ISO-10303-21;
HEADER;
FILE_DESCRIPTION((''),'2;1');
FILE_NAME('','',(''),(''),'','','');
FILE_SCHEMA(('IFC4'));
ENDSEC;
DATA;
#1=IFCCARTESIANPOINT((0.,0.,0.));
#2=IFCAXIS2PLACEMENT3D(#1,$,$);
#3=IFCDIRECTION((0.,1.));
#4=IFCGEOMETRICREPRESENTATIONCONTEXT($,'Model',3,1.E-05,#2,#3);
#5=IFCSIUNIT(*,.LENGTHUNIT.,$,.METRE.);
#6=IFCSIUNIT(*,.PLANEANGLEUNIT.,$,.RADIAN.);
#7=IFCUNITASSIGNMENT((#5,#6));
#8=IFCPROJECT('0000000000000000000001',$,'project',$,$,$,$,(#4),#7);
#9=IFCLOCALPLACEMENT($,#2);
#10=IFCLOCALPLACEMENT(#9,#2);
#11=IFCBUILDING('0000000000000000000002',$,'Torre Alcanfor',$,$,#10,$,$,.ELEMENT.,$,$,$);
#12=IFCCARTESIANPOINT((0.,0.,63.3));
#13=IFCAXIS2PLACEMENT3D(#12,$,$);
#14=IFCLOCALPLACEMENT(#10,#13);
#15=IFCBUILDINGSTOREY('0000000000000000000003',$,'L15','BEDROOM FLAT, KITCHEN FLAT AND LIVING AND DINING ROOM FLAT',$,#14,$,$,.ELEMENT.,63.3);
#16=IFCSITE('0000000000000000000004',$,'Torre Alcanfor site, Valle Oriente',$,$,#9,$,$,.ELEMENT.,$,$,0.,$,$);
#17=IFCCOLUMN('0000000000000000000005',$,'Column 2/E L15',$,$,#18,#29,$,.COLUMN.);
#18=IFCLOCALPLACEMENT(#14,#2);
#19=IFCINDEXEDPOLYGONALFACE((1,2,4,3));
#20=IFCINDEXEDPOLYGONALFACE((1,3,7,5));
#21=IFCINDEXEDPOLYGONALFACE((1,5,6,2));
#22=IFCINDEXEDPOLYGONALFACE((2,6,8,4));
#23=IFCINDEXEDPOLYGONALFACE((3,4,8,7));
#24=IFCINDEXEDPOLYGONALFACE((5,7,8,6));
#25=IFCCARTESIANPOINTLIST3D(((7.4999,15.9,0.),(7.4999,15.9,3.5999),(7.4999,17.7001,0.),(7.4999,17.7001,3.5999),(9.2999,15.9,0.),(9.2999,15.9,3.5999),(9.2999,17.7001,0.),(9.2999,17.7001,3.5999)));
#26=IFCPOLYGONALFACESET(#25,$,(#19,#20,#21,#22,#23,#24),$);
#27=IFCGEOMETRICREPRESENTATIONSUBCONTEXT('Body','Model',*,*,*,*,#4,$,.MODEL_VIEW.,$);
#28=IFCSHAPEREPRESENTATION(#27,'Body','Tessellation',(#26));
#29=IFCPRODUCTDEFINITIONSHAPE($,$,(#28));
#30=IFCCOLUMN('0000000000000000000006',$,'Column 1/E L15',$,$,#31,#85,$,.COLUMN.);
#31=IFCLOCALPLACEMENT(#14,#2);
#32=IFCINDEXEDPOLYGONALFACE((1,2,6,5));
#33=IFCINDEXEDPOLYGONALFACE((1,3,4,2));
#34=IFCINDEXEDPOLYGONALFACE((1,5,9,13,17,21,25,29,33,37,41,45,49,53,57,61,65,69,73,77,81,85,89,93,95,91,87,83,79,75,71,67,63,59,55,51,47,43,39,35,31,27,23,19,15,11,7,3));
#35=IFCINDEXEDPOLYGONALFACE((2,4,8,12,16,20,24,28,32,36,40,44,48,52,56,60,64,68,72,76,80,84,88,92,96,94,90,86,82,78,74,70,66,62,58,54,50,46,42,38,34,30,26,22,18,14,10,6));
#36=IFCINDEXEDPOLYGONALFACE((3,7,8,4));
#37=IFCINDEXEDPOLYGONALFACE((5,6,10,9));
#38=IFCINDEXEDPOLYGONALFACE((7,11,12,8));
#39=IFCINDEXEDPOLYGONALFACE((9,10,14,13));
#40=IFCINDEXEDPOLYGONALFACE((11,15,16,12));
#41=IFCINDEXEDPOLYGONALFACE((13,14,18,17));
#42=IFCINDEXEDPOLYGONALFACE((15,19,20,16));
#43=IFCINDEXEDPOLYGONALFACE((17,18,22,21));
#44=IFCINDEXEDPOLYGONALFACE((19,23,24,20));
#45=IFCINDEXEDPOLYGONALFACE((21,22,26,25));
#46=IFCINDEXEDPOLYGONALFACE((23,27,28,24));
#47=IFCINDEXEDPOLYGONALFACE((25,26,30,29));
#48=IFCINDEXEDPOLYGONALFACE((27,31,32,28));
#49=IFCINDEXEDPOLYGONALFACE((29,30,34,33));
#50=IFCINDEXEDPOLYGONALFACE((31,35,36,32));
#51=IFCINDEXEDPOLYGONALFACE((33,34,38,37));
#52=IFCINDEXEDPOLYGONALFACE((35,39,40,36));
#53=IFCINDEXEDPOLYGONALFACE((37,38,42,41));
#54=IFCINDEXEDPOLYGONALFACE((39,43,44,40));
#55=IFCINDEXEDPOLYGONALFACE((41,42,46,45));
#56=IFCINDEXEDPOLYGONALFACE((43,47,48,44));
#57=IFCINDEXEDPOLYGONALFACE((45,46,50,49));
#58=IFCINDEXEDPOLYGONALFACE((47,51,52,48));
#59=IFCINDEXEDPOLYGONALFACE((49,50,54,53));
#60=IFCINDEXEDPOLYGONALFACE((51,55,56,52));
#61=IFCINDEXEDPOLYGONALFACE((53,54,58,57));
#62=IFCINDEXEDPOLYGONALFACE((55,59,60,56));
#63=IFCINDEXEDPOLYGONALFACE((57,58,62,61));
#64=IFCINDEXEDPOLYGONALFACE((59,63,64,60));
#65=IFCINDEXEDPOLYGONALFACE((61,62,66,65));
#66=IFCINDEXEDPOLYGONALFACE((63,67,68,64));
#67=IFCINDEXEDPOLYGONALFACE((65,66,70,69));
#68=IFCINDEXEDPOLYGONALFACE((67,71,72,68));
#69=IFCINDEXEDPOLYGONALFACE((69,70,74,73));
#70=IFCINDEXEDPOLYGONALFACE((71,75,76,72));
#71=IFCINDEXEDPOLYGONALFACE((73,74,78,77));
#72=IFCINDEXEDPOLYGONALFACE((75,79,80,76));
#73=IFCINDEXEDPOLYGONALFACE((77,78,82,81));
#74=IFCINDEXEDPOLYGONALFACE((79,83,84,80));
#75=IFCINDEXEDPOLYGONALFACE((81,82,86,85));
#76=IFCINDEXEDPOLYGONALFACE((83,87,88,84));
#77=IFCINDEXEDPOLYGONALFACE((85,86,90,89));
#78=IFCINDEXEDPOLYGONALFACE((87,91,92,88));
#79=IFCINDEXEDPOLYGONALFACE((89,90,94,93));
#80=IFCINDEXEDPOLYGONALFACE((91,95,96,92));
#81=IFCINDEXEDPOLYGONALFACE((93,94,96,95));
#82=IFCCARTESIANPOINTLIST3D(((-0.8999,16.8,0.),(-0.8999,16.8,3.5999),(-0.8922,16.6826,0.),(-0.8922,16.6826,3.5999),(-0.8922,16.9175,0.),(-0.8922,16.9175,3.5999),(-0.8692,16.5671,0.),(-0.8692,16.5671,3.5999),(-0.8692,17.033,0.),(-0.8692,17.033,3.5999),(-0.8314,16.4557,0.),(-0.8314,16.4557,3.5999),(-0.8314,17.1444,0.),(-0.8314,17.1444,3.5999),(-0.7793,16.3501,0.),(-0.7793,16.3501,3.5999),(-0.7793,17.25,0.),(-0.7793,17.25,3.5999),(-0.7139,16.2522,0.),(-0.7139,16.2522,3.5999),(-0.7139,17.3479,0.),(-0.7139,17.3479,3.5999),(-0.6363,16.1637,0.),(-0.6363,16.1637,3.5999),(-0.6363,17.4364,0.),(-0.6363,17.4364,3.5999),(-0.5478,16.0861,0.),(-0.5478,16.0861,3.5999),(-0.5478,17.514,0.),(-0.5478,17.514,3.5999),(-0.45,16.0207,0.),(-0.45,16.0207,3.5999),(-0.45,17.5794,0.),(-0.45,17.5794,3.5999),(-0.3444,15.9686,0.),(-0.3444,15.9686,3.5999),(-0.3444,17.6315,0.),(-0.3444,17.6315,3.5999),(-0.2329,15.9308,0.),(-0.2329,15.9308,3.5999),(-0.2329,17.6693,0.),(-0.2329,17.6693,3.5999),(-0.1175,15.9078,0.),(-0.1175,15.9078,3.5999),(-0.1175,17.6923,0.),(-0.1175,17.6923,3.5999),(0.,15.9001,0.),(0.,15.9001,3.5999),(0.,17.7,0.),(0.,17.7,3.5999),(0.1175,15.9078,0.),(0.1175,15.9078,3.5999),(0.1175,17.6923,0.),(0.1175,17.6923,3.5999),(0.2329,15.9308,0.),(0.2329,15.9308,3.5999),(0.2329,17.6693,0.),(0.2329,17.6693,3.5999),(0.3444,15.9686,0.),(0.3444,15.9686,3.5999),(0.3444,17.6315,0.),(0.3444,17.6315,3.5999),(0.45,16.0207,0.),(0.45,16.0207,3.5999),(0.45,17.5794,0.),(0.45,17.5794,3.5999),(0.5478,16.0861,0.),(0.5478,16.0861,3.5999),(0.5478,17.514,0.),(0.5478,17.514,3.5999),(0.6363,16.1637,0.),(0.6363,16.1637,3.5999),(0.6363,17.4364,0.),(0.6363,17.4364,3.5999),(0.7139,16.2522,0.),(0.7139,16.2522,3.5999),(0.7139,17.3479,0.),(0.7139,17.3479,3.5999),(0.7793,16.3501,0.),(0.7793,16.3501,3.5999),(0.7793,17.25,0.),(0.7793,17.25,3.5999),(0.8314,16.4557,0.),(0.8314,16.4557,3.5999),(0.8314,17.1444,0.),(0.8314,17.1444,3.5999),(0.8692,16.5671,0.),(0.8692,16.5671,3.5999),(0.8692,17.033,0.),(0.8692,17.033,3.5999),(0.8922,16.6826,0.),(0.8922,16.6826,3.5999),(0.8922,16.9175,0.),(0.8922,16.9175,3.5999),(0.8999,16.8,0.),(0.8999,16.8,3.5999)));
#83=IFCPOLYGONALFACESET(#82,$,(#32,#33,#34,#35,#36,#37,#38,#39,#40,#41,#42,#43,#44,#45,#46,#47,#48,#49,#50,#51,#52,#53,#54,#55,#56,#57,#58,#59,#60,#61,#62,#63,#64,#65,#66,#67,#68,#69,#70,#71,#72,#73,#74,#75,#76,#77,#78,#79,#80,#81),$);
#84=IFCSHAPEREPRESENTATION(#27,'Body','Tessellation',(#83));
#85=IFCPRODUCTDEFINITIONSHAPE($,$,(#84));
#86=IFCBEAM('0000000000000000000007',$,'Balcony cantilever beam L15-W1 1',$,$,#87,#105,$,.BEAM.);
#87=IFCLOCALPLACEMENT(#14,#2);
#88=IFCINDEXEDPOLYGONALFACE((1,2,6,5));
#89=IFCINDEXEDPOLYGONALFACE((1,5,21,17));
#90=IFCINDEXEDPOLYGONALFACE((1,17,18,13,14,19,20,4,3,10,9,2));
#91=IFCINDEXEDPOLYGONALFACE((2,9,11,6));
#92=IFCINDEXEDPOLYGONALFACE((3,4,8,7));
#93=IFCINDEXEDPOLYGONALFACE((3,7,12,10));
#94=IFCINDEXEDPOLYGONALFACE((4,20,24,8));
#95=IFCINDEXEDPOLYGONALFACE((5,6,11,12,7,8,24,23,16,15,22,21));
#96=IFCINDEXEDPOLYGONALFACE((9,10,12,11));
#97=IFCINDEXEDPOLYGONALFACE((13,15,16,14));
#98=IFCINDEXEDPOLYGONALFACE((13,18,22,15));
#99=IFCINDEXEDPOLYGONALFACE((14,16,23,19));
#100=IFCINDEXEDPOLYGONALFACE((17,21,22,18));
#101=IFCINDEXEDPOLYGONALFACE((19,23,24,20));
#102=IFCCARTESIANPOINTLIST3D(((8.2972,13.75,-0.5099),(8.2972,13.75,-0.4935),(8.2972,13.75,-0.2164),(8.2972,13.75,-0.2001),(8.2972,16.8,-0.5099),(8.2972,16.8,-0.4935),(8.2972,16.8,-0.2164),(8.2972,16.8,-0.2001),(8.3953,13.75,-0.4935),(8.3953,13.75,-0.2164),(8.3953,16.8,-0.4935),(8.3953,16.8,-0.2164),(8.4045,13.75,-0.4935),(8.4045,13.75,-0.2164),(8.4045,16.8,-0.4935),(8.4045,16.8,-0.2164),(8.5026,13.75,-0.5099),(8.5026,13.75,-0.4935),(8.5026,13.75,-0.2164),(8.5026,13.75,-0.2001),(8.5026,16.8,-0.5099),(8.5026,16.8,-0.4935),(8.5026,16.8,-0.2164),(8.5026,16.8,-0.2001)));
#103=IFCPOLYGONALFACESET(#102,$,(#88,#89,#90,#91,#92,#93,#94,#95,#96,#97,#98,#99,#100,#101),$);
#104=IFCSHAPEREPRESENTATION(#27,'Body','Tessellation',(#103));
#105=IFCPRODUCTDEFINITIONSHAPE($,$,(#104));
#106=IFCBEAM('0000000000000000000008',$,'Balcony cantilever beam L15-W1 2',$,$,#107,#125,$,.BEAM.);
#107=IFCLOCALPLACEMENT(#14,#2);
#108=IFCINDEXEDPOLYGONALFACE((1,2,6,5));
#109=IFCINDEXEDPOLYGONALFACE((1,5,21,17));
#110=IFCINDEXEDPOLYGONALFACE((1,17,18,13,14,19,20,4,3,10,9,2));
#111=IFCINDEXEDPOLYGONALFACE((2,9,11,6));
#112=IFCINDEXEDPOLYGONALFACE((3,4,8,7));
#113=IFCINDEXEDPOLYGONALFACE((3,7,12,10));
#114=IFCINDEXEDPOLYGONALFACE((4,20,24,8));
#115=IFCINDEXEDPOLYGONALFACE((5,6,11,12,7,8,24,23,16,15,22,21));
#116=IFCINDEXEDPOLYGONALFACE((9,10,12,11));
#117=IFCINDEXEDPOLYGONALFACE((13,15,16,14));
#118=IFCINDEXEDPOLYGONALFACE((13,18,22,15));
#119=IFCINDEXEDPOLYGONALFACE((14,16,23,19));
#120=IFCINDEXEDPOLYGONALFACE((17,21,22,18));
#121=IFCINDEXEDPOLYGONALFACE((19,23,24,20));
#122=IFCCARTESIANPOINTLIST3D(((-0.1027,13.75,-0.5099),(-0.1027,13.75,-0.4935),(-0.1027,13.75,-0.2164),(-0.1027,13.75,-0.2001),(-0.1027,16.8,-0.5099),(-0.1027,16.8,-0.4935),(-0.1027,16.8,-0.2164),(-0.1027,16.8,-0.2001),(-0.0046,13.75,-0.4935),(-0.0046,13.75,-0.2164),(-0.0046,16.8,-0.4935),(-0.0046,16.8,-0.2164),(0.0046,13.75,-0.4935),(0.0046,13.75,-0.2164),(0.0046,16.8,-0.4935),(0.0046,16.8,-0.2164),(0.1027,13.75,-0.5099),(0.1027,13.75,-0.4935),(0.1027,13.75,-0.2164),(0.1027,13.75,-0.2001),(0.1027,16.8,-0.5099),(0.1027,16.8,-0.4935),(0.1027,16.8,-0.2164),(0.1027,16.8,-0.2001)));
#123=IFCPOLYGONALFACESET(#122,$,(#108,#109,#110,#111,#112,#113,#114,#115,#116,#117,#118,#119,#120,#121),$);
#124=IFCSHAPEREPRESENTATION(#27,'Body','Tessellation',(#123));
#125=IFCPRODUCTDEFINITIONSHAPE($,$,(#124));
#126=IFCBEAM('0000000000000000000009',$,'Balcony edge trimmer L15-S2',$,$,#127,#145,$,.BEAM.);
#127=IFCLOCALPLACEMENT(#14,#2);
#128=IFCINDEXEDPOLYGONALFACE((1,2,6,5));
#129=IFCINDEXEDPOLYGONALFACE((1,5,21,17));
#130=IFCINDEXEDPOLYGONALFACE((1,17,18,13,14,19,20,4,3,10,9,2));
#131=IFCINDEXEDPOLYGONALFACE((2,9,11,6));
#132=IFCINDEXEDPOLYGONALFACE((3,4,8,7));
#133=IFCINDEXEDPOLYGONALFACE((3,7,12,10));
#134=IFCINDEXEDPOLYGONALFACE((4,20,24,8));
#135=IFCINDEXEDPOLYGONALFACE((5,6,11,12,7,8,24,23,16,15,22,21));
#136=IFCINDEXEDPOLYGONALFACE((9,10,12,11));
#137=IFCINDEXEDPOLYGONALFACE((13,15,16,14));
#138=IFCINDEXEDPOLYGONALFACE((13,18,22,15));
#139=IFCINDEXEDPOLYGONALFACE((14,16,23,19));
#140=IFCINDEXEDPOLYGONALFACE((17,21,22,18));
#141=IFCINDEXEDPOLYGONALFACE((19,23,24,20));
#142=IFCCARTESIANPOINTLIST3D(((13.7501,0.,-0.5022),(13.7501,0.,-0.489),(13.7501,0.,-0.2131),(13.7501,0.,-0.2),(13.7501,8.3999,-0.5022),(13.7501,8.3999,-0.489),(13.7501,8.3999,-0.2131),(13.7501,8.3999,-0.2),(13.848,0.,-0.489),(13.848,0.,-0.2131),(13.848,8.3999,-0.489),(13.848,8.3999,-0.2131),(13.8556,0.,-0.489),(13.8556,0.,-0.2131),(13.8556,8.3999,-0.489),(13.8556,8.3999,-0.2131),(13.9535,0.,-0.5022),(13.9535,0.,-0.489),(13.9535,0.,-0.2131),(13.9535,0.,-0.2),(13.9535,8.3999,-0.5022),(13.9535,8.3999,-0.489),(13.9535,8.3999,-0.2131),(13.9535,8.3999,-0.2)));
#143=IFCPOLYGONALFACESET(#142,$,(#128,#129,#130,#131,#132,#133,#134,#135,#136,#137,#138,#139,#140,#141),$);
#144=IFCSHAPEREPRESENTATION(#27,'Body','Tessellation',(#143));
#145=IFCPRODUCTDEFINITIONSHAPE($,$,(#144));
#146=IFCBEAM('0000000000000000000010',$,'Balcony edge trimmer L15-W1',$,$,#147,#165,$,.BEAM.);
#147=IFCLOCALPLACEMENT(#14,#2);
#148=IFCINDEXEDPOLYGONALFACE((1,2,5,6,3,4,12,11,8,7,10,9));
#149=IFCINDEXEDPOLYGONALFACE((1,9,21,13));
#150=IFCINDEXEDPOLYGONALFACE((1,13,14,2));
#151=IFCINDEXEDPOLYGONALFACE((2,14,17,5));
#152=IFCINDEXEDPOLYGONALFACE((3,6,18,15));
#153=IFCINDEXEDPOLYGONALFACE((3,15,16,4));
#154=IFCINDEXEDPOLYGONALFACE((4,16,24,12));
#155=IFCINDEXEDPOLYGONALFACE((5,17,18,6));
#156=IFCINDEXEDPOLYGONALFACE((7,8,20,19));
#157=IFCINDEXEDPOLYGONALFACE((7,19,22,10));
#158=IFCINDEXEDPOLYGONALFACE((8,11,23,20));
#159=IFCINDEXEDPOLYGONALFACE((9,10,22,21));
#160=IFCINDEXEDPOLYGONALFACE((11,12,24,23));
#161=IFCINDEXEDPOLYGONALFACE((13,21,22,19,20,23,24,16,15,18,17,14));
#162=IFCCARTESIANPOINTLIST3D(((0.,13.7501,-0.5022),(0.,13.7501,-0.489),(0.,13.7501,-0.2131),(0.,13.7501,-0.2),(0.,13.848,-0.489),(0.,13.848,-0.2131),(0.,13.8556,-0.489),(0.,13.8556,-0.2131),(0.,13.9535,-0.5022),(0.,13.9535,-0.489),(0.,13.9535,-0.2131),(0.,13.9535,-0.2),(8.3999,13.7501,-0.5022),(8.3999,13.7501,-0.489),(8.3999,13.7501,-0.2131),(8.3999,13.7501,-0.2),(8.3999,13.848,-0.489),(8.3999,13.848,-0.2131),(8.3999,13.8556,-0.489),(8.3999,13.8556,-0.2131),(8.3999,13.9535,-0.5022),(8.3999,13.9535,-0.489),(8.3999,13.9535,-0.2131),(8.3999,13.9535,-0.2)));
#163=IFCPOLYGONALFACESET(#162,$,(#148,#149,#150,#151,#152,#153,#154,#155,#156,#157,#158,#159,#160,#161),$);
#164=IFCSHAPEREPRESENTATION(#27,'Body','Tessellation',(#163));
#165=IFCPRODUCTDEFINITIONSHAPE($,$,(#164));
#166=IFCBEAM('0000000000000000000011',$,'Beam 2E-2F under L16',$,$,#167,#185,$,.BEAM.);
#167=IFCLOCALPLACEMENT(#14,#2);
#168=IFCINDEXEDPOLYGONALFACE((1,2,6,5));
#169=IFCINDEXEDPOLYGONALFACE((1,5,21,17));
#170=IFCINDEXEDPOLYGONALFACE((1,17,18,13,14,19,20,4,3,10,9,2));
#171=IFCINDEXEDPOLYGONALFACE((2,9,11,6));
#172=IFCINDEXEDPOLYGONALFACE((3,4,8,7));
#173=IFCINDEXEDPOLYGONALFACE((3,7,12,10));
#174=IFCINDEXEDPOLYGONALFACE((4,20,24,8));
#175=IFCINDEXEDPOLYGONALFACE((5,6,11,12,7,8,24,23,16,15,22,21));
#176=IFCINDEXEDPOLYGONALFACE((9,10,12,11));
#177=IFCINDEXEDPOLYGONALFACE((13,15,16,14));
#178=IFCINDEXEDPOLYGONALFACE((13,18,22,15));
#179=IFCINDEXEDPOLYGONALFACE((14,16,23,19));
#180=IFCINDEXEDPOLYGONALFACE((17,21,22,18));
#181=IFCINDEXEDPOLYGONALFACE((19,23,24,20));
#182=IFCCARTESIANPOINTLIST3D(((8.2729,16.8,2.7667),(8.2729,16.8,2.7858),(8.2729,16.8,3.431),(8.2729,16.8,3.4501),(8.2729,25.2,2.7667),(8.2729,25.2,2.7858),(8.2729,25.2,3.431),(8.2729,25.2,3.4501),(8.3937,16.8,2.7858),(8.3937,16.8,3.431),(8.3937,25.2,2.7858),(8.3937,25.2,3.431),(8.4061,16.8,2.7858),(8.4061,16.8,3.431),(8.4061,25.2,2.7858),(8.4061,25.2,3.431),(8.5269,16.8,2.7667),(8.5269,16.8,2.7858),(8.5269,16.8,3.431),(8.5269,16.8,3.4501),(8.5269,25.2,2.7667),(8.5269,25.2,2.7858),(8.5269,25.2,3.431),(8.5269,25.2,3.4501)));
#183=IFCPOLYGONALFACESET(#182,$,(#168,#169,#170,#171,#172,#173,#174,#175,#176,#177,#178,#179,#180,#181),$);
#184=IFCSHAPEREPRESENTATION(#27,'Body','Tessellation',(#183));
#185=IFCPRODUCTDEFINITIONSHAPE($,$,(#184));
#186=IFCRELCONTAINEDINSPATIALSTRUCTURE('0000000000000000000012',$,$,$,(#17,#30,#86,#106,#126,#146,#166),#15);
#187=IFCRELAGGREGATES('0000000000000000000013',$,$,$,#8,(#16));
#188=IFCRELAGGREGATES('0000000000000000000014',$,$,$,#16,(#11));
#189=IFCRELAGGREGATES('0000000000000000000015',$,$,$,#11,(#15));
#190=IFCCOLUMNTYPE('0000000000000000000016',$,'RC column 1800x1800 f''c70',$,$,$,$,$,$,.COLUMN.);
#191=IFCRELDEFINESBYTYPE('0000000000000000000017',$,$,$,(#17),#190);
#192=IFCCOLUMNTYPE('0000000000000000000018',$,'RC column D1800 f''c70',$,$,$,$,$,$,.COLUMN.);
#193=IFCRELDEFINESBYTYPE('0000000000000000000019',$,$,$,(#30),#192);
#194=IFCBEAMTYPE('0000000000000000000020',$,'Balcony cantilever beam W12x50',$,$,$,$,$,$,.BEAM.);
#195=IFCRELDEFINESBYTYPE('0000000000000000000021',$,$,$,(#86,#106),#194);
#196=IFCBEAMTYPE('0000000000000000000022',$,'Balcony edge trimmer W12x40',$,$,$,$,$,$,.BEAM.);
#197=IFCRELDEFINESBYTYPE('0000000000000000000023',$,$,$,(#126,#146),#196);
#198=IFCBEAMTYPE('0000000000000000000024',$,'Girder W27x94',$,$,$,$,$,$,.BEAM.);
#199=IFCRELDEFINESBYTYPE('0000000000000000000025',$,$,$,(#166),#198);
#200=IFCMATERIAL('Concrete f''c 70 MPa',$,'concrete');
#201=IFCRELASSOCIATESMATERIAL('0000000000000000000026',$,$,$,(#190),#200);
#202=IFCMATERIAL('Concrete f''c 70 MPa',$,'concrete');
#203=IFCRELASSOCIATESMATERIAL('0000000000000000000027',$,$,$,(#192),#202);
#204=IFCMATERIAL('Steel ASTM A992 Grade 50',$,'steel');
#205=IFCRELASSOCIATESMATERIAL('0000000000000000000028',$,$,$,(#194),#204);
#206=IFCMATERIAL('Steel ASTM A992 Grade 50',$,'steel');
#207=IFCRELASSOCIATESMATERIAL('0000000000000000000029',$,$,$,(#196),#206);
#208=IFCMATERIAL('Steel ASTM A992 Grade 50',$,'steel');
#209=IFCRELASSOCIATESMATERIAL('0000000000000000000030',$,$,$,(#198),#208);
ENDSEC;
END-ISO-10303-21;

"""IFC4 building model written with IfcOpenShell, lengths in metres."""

from ifc_helpers import new_model, si_unit, direction, frame, origin, origin_2d, place, context, subcontext, project, spatial, rectangle, circle, i_section, extrude, material, material_profile, profile_set, type_object, element, save


model = new_model("IFC4")

# Units and contexts
model_context = context("Model", 3, precision=1e-05, world=origin(), true_north=direction((0.0, 1.0)))
body_context = subcontext(model_context, "Body", "Model", "MODEL_VIEW")
ifc_project = project(units=[si_unit("LENGTHUNIT", "METRE"), si_unit("PLANEANGLEUNIT", "RADIAN")], contexts=[model_context])

# Site, building, storey
site_placement = place(None, origin())
site = spatial("IfcSite", under=ifc_project, at=site_placement, Name="Torre Alcanfor site, Valle Oriente", CompositionType="ELEMENT", RefElevation=0.0)
building_placement = place(site_placement, origin())
building = spatial("IfcBuilding", under=site, at=building_placement, Name="Torre Alcanfor", CompositionType="ELEMENT")
storey_placement = place(building_placement, frame((0.0, 0.0, 63.3)))
storey = spatial("IfcBuildingStorey", under=building, at=storey_placement, Name="L15", Description="BEDROOM FLAT, KITCHEN FLAT AND LIVING AND DINING ROOM FLAT", CompositionType="ELEMENT", Elevation=63.3)

# Columns
ifc_material_1 = material(Name="Concrete f'c 70 MPa", Category="concrete")
ifc_material_profile_1 = material_profile(ifc_material_1, rectangle(XDim=1.8, YDim=1.8, at=origin_2d()), Name="1800x1800")
ifc_profile_set_1 = profile_set([ifc_material_profile_1], Name="Concrete f'c 70 MPa")
column_type_1 = type_object("IfcColumnType", Name="RC column 1800x1800 f'c70", PredefinedType="COLUMN", material=ifc_profile_set_1)
column_1_placement = place(storey_placement, frame((8.3999, 16.8, 0.0), z_axis=(0.0, 0.0, 1.0), x_axis=(1.0, 0.0, 0.0)))
element("IfcColumn", 1, at=column_1_placement, inside=storey, type_object=column_type_1, Name="Column 2/E L15", PredefinedType="COLUMN", context=body_context, shape_type="SweptSolid", body=[
    extrude(rectangle(XDim=1.8, YDim=1.8, at=origin_2d()), origin(), (0.0, 0.0, 1.0), 3.5999),
])
ifc_material_2 = material(Name="Concrete f'c 70 MPa", Category="concrete")
ifc_material_profile_2 = material_profile(ifc_material_2, circle(Radius=0.8999, at=origin_2d()), Name="D1800")
ifc_profile_set_2 = profile_set([ifc_material_profile_2], Name="Concrete f'c 70 MPa")
column_type_2 = type_object("IfcColumnType", Name="RC column D1800 f'c70", PredefinedType="COLUMN", material=ifc_profile_set_2)
column_2_placement = place(storey_placement, frame((0.0, 16.8, 0.0), z_axis=(0.0, 0.0, 1.0), x_axis=(1.0, 0.0, 0.0)))
element("IfcColumn", 2, at=column_2_placement, inside=storey, type_object=column_type_2, Name="Column 1/E L15", PredefinedType="COLUMN", context=body_context, shape_type="SweptSolid", body=[
    extrude(circle(Radius=0.8999, at=origin_2d()), origin(), (0.0, 0.0, 1.0), 3.5999),
])

# Beams
ifc_material_3 = material(Name="Steel ASTM A992 Grade 50", Category="steel")
ifc_material_profile_3 = material_profile(ifc_material_3, i_section(OverallWidth=0.2053, OverallDepth=0.3098, WebThickness=0.0093, FlangeThickness=0.0164, at=origin_2d()), Name="W12x50")
ifc_profile_set_3 = profile_set([ifc_material_profile_3], Name="Steel ASTM A992 Grade 50")
beam_type_1 = type_object("IfcBeamType", Name="Balcony cantilever beam W12x50", PredefinedType="BEAM", material=ifc_profile_set_3)
for number, where, z_axis, x_axis, name in (
    (3, (8.3999, 16.8, -0.355), (0.0, -1.0, 0.0), (1.0, 0.0, 0.0), "Balcony cantilever beam L15-W1 1"),
    (4, (0.0, 16.8, -0.355), (0.0, -1.0, 0.0), (1.0, 0.0, 0.0), "Balcony cantilever beam L15-W1 2"),
):
    element("IfcBeam", number, at=place(storey_placement, frame(where, z_axis=z_axis, x_axis=x_axis)), inside=storey, type_object=beam_type_1, Name=name, PredefinedType="BEAM", context=body_context, shape_type="SweptSolid", body=[
        extrude(i_section(OverallWidth=0.2053, OverallDepth=0.3098, WebThickness=0.0093, FlangeThickness=0.0164, at=origin_2d()), origin(), (0.0, 0.0, 1.0), 3.05),
    ])
ifc_material_4 = material(Name="Steel ASTM A992 Grade 50", Category="steel")
ifc_material_profile_4 = material_profile(ifc_material_4, i_section(OverallWidth=0.2034, OverallDepth=0.3022, WebThickness=0.0076, FlangeThickness=0.0132, at=origin_2d()), Name="W12x40")
ifc_profile_set_4 = profile_set([ifc_material_profile_4], Name="Steel ASTM A992 Grade 50")
beam_type_2 = type_object("IfcBeamType", Name="Balcony edge trimmer W12x40", PredefinedType="BEAM", material=ifc_profile_set_4)
for number, where, z_axis, x_axis, name in (
    (5, (13.8518, 8.3999, -0.3511), (0.0, -1.0, 0.0), (1.0, 0.0, 0.0), "Balcony edge trimmer L15-S2"),
    (6, (8.3999, 13.8518, -0.3511), (-1.0, 0.0, 0.0), (0.0, -1.0, 0.0), "Balcony edge trimmer L15-W1"),
):
    element("IfcBeam", number, at=place(storey_placement, frame(where, z_axis=z_axis, x_axis=x_axis)), inside=storey, type_object=beam_type_2, Name=name, PredefinedType="BEAM", context=body_context, shape_type="SweptSolid", body=[
        extrude(i_section(OverallWidth=0.2034, OverallDepth=0.3022, WebThickness=0.0076, FlangeThickness=0.0132, at=origin_2d()), origin(), (0.0, 0.0, 1.0), 8.3999),
    ])
ifc_material_5 = material(Name="Steel ASTM A992 Grade 50", Category="steel")
ifc_material_profile_5 = material_profile(ifc_material_5, i_section(OverallWidth=0.2539, OverallDepth=0.6833, WebThickness=0.0125, FlangeThickness=0.019, at=origin_2d()), Name="W27x94")
ifc_profile_set_5 = profile_set([ifc_material_profile_5], Name="Steel ASTM A992 Grade 50")
beam_type_3 = type_object("IfcBeamType", Name="Girder W27x94", PredefinedType="BEAM", material=ifc_profile_set_5)
beam_1_placement = place(storey_placement, frame((8.3999, 16.8, 3.1084), z_axis=(0.0, 1.0, 0.0), x_axis=(-1.0, 0.0, 0.0)))
element("IfcBeam", 7, at=beam_1_placement, inside=storey, type_object=beam_type_3, Name="Beam 2E-2F under L16", PredefinedType="BEAM", context=body_context, shape_type="SweptSolid", body=[
    extrude(i_section(OverallWidth=0.2539, OverallDepth=0.6833, WebThickness=0.0125, FlangeThickness=0.019, at=origin_2d()), origin(), (0.0, 0.0, 1.0), 8.3999),
])

save(model, "model.ifc")
